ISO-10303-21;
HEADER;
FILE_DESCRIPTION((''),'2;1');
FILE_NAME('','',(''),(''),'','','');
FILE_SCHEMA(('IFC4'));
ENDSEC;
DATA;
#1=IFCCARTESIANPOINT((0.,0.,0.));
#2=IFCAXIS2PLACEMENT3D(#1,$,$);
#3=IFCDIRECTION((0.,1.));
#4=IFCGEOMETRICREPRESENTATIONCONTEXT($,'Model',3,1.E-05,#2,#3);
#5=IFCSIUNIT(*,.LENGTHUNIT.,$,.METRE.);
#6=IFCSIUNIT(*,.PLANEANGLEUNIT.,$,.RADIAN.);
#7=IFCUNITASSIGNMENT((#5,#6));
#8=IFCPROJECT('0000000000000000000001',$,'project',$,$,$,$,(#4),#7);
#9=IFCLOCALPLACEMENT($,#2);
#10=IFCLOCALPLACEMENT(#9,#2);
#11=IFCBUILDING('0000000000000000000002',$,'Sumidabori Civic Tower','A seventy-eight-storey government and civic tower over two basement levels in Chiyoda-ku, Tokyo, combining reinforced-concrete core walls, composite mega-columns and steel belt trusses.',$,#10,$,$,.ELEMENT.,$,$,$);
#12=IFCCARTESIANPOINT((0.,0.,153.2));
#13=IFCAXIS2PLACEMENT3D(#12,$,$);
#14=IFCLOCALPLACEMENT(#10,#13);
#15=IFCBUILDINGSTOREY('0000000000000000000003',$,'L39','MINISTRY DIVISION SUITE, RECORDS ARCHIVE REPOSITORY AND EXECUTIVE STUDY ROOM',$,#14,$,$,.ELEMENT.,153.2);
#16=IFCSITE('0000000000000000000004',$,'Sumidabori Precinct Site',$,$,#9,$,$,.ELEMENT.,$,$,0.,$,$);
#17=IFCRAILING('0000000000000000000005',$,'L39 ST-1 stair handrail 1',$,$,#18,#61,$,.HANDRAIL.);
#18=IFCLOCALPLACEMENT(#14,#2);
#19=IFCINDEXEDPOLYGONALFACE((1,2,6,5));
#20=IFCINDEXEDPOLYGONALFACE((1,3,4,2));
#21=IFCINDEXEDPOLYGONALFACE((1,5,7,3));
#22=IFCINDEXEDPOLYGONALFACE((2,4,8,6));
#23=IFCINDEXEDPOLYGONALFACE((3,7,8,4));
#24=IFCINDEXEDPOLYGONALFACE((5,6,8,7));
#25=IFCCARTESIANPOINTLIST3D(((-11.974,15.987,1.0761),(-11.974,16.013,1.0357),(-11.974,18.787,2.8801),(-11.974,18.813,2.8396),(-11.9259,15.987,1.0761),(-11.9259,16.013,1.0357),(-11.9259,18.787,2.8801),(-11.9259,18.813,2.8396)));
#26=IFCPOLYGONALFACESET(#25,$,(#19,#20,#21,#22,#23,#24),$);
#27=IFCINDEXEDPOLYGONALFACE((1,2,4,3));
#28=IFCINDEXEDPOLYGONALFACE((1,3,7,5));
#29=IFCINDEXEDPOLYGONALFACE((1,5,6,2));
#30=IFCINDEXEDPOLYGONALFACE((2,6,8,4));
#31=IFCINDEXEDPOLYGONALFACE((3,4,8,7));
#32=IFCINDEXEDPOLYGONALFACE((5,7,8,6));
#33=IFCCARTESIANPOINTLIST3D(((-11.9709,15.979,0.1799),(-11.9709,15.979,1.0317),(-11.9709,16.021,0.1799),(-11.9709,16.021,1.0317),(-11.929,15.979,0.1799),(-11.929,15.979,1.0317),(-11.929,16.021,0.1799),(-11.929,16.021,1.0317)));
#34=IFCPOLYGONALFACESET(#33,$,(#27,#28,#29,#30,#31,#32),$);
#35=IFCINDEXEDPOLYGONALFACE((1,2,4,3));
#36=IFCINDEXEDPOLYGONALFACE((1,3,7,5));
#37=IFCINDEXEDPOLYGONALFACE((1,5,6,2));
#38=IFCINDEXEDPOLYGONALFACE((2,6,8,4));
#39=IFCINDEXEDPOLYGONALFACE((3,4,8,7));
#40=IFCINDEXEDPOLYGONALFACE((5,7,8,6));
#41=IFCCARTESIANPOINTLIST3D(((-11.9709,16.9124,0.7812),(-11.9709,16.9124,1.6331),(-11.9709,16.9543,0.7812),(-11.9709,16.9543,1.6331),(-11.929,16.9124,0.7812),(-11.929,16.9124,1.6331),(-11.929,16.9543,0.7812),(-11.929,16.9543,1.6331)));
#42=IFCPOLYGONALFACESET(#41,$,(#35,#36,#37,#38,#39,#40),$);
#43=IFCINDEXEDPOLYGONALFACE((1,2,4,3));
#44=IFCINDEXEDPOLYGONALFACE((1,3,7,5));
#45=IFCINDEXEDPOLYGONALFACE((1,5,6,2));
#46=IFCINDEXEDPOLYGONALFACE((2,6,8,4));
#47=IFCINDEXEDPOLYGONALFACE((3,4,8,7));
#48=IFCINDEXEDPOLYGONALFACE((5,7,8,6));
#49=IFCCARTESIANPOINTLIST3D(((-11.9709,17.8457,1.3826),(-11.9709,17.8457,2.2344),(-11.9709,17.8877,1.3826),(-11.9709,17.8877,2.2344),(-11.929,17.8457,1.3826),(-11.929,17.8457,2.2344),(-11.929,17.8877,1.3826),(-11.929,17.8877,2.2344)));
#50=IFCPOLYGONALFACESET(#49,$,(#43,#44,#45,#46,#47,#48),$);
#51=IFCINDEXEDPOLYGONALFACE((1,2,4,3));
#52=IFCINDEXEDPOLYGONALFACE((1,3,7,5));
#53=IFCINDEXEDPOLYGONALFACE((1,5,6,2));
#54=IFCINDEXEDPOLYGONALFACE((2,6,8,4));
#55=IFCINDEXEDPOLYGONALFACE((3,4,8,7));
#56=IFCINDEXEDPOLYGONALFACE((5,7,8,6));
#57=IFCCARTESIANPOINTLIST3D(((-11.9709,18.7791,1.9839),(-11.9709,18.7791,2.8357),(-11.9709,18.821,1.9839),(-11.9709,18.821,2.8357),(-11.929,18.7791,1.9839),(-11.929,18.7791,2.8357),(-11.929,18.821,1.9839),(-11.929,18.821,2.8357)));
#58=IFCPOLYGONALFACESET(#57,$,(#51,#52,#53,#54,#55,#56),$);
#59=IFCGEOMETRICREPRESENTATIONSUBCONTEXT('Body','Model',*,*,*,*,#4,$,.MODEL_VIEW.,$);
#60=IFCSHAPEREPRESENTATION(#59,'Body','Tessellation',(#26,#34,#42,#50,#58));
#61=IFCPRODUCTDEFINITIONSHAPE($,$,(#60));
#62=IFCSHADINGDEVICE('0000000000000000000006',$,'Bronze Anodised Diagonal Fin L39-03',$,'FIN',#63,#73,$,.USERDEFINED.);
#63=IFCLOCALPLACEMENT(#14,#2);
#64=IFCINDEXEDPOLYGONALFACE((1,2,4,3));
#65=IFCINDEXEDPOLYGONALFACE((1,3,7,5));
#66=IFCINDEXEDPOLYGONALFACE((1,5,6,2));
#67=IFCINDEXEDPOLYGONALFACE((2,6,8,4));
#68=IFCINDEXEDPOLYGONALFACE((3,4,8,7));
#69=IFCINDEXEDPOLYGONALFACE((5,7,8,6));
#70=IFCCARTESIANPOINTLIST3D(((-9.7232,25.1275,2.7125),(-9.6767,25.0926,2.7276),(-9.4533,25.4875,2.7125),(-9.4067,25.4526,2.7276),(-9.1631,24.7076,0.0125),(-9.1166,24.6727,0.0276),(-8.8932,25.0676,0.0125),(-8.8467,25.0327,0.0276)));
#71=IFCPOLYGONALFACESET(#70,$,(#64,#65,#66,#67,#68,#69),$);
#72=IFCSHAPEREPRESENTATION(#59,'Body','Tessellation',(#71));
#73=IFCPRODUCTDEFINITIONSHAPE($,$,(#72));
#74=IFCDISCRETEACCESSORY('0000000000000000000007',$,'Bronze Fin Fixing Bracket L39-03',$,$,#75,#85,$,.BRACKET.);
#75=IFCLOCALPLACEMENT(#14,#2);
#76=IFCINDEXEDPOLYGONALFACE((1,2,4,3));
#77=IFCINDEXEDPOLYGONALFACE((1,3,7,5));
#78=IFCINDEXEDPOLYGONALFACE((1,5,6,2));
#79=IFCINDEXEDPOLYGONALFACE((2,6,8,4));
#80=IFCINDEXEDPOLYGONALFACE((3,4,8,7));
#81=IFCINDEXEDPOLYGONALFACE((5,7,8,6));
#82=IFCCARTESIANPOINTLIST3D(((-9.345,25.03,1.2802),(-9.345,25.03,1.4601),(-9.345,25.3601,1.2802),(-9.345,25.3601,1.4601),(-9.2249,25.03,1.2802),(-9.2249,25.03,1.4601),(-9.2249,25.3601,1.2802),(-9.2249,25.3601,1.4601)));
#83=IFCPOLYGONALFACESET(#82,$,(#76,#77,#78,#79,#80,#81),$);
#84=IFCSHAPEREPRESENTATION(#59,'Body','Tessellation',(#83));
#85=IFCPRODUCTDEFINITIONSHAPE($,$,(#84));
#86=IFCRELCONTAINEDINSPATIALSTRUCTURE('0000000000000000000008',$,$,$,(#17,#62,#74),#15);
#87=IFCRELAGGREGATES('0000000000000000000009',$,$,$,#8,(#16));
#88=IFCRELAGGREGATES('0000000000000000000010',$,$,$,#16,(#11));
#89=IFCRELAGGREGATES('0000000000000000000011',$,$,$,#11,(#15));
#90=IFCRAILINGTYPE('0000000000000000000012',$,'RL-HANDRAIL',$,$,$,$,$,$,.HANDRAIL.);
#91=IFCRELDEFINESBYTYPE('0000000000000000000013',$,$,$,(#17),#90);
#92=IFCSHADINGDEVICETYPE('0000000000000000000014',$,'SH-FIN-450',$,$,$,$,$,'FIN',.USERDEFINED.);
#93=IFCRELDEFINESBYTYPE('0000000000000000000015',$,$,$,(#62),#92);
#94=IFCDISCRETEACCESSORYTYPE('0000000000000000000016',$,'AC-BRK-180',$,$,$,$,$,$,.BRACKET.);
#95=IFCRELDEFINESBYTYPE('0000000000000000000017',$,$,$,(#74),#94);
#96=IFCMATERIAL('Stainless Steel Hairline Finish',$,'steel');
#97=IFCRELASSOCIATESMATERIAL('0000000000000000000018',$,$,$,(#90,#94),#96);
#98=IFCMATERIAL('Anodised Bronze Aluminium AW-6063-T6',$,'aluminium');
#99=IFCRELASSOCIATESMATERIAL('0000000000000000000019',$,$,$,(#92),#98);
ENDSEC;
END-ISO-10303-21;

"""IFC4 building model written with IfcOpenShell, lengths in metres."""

from ifc_helpers import new_model, si_unit, direction, frame, origin, origin_2d, place, context, subcontext, project, spatial, rectangle, extrude, source, transform, mapped, material, material_profile, profile_set, type_object, element, save


model = new_model("IFC4")

# Units and contexts
model_context = context("Model", 3, precision=1e-05, world=origin(), true_north=direction((0.0, 1.0)))
body_context = subcontext(model_context, "Body", "Model", "MODEL_VIEW")
ifc_project = project(units=[si_unit("LENGTHUNIT", "METRE"), si_unit("PLANEANGLEUNIT", "RADIAN")], contexts=[model_context])

# Site, building, storey
site_placement = place(None, origin())
site = spatial("IfcSite", under=ifc_project, at=site_placement, Name="Sumidabori Precinct Site", CompositionType="ELEMENT", RefElevation=0.0)
building_placement = place(site_placement, origin())
building = spatial("IfcBuilding", under=site, at=building_placement, Name="Sumidabori Civic Tower", Description="A seventy-eight-storey government and civic tower over two basement levels in Chiyoda-ku, Tokyo, combining reinforced-concrete core walls, composite mega-columns and steel belt trusses.", CompositionType="ELEMENT")
storey_placement = place(building_placement, frame((0.0, 0.0, 153.2)))
storey = spatial("IfcBuildingStorey", under=building, at=storey_placement, Name="L39", Description="MINISTRY DIVISION SUITE, RECORDS ARCHIVE REPOSITORY AND EXECUTIVE STUDY ROOM", CompositionType="ELEMENT", Elevation=153.2)

# Shared definitions
ifc_material_1 = material(Name="Anodised Bronze Aluminium AW-6063-T6", Category="aluminium")

# Railing
ifc_material_2 = material(Name="Stainless Steel Hairline Finish", Category="steel")
railing_type = type_object("IfcRailingType", Name="RL-HANDRAIL", PredefinedType="HANDRAIL", material=ifc_material_2)
railing_placement = place(storey_placement, frame((-11.95, 16.0, 0.1799)))
element("IfcRailing", 1, at=railing_placement, inside=storey, type_object=railing_type, Name="L39 ST-1 stair handrail 1", PredefinedType="HANDRAIL", context=body_context, shape_type="SweptSolid", body=[
    extrude(rectangle(XDim=0.0481, YDim=0.0481, at=origin_2d()), frame((0.0, 0.0, 0.876), z_axis=(0.0, 0.840642, 0.541591), x_axis=(-1.0, 0.0, 0.0)), (0.0, 0.0, 1.0), 3.3308),
    extrude(rectangle(XDim=0.042, YDim=0.042, at=origin_2d()), origin(), (0.0, 0.0, 1.0), 0.8518),
    extrude(rectangle(XDim=0.042, YDim=0.042, at=origin_2d()), frame((0.0, 0.9333, 0.6013)), (0.0, 0.0, 1.0), 0.8518),
    extrude(rectangle(XDim=0.042, YDim=0.042, at=origin_2d()), frame((0.0, 1.8667, 1.2026)), (0.0, 0.0, 1.0), 0.8518),
    extrude(rectangle(XDim=0.042, YDim=0.042, at=origin_2d()), frame((0.0, 2.8, 1.804)), (0.0, 0.0, 1.0), 0.8518),
])

# Shading device
ifc_material_profile_1 = material_profile(ifc_material_1, rectangle(XDim=0.0601, YDim=0.45, at=origin_2d()), Name="BRONZE FIN 450x60")
ifc_profile_set_1 = profile_set([ifc_material_profile_1], Name="Anodised Bronze Aluminium AW-6063-T6")
shading_device_type = type_object("IfcShadingDeviceType", Name="SH-FIN-450", ElementType="FIN", PredefinedType="USERDEFINED", material=ifc_profile_set_1)
shared_shape_1 = source(origin(), body_context, "Body", "SweptSolid", [
    extrude(rectangle(XDim=0.0601, YDim=0.45, at=origin_2d()), origin(), (0.0, 0.0, 1.0), 2.7893),
])
shading_device_placement = place(storey_placement, frame((-9.0049, 24.8701, 0.02), z_axis=(-0.200794, 0.150552, 0.967996), x_axis=(0.774478, -0.580689, 0.250966)))
element("IfcShadingDevice", 2, at=shading_device_placement, inside=storey, type_object=shading_device_type, Name="Bronze Anodised Diagonal Fin L39-03", ObjectType="FIN", PredefinedType="USERDEFINED", context=body_context, shape_type="MappedRepresentation", body=[
    mapped(shared_shape_1, transform((0.0, 0.0, 0.0), x_axis=(1.0, 0.0, 0.0), y_axis=(0.0, 1.0, 0.0), z_axis=(0.0, 0.0, 1.0), scale=1.0)),
])

# Discrete accessory
ifc_material_profile_2 = material_profile(ifc_material_2, rectangle(XDim=0.1201, YDim=0.1799, at=origin_2d()), Name="STEEL BRACKET 180x120")
ifc_profile_set_2 = profile_set([ifc_material_profile_2], Name="Stainless Steel Hairline Finish")
discrete_accessory_type = type_object("IfcDiscreteAccessoryType", Name="AC-BRK-180", PredefinedType="BRACKET", material=ifc_profile_set_2)
shared_shape_2 = source(origin(), body_context, "Body", "SweptSolid", [
    extrude(rectangle(XDim=0.1201, YDim=0.1799, at=origin_2d()), origin(), (0.0, 0.0, 1.0), 0.3301),
])
discrete_accessory_placement = place(storey_placement, frame((-9.2849, 25.03, 1.3701), z_axis=(0.0, 1.0, 0.0), x_axis=(-1.0, 0.0, 0.0)))
element("IfcDiscreteAccessory", 3, at=discrete_accessory_placement, inside=storey, type_object=discrete_accessory_type, Name="Bronze Fin Fixing Bracket L39-03", PredefinedType="BRACKET", context=body_context, shape_type="MappedRepresentation", body=[
    mapped(shared_shape_2, transform((0.0, 0.0, 0.0), x_axis=(1.0, 0.0, 0.0), y_axis=(0.0, 1.0, 0.0), z_axis=(0.0, 0.0, 1.0), scale=1.0)),
])

save(model, "model.ifc")
